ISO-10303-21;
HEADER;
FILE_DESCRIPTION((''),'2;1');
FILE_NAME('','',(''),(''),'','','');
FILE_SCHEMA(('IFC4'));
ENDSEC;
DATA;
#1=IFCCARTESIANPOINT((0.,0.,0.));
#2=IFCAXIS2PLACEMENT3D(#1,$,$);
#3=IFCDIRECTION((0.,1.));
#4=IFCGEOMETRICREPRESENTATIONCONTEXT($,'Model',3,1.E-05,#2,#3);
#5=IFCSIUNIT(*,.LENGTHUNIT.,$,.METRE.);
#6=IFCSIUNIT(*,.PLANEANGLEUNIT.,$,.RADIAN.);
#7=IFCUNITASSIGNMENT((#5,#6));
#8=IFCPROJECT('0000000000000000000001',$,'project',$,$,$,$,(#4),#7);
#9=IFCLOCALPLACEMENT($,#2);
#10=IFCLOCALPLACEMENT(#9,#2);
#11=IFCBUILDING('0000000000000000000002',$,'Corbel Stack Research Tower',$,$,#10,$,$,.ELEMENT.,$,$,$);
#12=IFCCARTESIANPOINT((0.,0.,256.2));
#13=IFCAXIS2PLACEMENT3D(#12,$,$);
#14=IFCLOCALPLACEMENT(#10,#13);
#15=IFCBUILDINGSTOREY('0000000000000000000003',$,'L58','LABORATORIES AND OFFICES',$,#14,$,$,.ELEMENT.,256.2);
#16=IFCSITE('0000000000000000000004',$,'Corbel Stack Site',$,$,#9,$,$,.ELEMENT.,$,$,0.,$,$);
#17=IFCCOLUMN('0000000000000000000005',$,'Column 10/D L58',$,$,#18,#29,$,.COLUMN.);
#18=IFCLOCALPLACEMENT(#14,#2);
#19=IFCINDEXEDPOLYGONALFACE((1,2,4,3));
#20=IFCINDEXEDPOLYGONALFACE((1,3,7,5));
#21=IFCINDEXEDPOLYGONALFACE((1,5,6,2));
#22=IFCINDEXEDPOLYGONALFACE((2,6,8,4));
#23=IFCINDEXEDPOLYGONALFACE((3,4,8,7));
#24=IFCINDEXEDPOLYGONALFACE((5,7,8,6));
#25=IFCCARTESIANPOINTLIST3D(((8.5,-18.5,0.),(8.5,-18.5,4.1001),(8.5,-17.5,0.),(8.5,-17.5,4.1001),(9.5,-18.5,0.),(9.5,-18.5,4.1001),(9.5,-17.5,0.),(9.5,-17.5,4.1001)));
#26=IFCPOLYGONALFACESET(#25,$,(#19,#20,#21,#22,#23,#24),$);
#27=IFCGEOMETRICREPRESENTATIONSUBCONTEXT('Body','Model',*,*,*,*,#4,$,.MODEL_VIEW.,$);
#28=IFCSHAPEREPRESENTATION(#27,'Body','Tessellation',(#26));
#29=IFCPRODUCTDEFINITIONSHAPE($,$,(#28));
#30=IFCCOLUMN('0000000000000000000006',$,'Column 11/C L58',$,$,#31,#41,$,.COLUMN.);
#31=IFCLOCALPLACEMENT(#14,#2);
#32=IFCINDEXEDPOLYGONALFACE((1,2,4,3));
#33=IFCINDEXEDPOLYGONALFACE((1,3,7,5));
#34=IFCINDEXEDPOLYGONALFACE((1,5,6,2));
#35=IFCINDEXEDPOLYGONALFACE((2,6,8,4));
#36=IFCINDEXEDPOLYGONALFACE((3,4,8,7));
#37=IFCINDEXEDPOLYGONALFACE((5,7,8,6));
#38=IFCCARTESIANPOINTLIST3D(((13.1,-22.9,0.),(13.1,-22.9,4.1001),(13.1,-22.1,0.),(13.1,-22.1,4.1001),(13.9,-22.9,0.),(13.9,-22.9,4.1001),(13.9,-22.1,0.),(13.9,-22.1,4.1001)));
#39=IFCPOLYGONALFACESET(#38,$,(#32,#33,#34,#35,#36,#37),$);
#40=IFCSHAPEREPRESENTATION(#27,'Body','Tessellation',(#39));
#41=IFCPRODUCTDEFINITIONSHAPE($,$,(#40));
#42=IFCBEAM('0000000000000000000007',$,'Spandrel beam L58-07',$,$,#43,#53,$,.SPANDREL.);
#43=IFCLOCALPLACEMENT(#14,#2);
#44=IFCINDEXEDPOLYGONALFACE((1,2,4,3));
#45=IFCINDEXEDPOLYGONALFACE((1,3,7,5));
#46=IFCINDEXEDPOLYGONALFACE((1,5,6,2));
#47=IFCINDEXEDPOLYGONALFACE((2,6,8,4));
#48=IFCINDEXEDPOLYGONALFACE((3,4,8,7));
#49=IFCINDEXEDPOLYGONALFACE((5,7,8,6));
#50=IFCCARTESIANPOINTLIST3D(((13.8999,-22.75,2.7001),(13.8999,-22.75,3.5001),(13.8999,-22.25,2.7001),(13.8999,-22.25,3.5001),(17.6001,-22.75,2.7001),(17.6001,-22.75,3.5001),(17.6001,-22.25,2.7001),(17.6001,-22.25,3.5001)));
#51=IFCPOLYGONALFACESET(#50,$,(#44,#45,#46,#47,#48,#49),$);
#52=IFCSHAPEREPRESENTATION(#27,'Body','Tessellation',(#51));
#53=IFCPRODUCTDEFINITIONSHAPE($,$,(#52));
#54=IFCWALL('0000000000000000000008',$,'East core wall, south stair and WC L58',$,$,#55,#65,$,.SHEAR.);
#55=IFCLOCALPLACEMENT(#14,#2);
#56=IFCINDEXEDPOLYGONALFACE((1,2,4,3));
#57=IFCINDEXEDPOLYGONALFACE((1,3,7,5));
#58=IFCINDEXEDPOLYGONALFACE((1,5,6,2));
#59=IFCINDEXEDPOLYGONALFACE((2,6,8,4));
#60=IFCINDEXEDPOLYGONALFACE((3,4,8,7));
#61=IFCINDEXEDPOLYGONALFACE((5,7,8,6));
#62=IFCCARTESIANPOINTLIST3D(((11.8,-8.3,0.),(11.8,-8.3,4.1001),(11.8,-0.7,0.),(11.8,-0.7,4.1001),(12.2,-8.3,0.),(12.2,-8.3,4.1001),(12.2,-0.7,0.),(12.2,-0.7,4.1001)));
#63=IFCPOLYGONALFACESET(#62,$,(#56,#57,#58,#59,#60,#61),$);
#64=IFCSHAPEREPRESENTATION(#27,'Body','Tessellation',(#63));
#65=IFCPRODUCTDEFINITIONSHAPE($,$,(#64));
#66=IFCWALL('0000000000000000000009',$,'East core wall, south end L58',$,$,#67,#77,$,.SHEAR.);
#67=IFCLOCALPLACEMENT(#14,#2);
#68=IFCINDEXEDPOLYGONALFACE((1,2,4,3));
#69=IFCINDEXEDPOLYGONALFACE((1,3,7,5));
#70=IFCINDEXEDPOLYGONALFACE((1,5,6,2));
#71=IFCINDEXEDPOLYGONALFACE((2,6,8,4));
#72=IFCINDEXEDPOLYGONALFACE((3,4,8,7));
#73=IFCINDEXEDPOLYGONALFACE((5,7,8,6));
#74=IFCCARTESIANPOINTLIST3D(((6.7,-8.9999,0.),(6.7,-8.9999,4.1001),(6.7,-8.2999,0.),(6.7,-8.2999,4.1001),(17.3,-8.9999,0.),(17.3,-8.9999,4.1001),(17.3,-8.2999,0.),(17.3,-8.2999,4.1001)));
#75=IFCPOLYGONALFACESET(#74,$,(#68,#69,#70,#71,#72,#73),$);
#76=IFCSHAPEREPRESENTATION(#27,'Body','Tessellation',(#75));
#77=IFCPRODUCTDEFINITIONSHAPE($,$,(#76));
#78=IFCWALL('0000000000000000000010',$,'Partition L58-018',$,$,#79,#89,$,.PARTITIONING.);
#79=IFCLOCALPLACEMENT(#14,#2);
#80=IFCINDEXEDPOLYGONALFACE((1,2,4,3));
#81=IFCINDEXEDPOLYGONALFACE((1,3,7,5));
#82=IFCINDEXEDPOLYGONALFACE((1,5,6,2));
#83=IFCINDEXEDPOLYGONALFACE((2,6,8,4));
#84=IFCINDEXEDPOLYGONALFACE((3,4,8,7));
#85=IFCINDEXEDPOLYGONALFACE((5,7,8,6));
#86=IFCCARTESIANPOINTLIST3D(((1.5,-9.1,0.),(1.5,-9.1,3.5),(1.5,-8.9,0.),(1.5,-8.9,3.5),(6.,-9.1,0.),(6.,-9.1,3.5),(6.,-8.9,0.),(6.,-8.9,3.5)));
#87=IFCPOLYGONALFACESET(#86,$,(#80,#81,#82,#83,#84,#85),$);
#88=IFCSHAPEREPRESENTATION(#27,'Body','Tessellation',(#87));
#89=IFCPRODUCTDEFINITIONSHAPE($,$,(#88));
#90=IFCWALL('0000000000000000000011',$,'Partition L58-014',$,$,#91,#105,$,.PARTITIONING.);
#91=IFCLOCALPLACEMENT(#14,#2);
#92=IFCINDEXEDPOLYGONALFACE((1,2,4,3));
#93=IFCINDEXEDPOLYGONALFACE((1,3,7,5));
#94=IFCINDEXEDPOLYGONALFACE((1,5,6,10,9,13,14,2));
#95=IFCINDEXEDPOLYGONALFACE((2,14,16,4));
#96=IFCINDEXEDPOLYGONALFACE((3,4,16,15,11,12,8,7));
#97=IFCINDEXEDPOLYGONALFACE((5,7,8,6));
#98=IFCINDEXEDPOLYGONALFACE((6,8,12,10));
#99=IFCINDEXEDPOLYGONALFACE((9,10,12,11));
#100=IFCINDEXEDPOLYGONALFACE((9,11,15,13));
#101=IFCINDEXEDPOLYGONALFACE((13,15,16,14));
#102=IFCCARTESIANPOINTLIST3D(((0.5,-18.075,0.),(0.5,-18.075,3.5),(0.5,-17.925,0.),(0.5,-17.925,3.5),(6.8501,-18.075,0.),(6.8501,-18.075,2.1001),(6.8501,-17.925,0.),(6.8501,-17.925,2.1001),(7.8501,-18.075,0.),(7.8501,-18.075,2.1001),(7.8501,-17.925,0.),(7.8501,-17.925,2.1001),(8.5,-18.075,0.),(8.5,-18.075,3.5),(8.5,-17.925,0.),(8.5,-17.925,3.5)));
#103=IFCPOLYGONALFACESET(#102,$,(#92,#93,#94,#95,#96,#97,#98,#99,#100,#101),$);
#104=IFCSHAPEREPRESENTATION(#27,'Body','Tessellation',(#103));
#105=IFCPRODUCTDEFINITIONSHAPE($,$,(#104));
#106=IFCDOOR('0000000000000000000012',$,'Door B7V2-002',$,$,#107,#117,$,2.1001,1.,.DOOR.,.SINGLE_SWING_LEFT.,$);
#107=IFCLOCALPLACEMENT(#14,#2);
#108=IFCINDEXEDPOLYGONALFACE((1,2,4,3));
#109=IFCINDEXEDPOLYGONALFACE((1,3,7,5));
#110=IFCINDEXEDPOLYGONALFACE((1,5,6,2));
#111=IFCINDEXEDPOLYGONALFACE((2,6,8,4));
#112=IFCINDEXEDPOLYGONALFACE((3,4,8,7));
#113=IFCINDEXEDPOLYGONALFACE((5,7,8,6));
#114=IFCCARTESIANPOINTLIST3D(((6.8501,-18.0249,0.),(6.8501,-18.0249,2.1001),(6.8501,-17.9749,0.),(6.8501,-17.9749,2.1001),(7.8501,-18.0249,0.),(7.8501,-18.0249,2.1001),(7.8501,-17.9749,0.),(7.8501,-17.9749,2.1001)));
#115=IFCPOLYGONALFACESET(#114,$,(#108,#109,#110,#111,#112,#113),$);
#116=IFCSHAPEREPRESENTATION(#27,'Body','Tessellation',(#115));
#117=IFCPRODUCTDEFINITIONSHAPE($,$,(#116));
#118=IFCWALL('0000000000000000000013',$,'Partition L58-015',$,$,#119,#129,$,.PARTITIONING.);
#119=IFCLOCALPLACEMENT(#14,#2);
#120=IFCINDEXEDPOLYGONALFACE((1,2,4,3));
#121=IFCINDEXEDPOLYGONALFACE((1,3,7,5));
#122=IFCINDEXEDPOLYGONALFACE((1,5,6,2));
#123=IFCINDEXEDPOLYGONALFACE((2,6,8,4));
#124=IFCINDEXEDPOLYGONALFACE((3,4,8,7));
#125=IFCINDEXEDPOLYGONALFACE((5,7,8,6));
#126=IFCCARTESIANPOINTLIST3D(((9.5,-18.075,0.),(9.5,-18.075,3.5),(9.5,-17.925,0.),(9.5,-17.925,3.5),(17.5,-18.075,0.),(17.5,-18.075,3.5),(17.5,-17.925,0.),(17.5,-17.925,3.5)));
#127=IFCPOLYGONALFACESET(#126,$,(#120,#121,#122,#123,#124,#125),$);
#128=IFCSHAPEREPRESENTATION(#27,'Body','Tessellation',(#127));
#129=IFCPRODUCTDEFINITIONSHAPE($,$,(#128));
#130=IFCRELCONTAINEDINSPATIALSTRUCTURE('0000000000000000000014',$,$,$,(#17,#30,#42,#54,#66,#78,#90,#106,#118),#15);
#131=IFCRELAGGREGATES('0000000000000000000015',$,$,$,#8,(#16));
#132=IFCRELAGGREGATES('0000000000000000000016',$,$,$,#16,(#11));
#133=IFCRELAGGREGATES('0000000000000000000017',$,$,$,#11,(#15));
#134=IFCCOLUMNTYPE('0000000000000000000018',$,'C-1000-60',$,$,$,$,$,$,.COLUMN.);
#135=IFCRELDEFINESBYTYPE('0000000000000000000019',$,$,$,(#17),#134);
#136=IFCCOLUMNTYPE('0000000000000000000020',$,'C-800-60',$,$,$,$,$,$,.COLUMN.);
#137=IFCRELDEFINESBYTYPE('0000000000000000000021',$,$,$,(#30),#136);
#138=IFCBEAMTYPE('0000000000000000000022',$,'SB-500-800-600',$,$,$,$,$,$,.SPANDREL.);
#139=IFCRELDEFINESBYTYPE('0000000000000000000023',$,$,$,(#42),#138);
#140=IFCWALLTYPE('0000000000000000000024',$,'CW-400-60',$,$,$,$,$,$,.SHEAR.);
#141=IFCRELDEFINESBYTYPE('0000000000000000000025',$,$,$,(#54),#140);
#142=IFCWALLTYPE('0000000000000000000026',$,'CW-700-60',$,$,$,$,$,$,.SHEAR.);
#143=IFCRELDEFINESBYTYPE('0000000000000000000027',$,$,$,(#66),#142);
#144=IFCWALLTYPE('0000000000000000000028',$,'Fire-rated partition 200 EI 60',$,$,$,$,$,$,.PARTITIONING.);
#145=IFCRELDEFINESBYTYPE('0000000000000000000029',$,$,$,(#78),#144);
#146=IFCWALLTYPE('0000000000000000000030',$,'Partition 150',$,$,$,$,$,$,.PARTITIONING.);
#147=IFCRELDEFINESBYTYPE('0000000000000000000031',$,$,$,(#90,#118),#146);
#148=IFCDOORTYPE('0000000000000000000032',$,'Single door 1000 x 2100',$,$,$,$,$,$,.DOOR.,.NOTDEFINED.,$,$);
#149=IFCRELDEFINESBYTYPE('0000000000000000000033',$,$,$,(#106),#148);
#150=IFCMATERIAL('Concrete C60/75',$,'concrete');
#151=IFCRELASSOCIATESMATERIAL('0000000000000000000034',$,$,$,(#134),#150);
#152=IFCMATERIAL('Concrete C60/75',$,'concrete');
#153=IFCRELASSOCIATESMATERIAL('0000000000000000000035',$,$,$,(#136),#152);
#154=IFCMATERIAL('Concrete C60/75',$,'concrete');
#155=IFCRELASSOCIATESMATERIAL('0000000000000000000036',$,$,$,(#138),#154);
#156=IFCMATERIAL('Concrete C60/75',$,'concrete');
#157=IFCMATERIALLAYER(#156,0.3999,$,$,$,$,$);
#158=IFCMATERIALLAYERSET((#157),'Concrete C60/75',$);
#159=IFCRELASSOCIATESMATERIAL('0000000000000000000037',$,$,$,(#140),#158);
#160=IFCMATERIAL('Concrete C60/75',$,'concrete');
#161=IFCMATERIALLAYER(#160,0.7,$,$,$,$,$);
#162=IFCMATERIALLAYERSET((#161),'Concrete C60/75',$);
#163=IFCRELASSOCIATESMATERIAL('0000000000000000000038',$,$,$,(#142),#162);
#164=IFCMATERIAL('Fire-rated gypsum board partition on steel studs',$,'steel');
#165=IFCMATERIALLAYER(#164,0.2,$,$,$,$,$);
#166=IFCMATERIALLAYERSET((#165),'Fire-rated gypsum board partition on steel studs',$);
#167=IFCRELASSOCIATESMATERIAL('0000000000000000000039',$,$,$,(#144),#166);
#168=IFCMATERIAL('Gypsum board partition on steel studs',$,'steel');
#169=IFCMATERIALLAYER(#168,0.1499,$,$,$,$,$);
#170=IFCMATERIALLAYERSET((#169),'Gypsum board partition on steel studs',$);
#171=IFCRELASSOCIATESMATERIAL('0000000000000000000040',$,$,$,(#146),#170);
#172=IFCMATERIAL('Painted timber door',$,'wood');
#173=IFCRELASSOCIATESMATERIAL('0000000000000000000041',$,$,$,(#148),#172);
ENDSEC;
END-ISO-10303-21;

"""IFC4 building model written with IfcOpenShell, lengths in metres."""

from ifc_helpers import new_model, si_unit, direction, frame, frame_2d, origin, origin_2d, place, context, subcontext, project, spatial, rectangle, extrude, material, layer, layer_set, material_profile, profile_set, type_object, element, fill, save


model = new_model("IFC4")

# Units and contexts
model_context = context("Model", 3, precision=1e-05, world=origin(), true_north=direction((0.0, 1.0)))
body_context = subcontext(model_context, "Body", "Model", "MODEL_VIEW")
ifc_project = project(units=[si_unit("LENGTHUNIT", "METRE"), si_unit("PLANEANGLEUNIT", "RADIAN")], contexts=[model_context])

# Site, building, storey
site_placement = place(None, origin())
site = spatial("IfcSite", under=ifc_project, at=site_placement, Name="Corbel Stack Site", CompositionType="ELEMENT", RefElevation=0.0)
building_placement = place(site_placement, origin())
building = spatial("IfcBuilding", under=site, at=building_placement, Name="Corbel Stack Research Tower", CompositionType="ELEMENT")
storey_placement = place(building_placement, frame((0.0, 0.0, 256.2)))
storey = spatial("IfcBuildingStorey", under=building, at=storey_placement, Name="L58", Description="LABORATORIES AND OFFICES", CompositionType="ELEMENT", Elevation=256.2)

# Columns
ifc_material_1 = material(Name="Concrete C60/75", Category="concrete")
ifc_material_profile_1 = material_profile(ifc_material_1, rectangle(XDim=1.0, YDim=1.0, at=origin_2d()), Name="RC 1000 x 1000")
ifc_profile_set_1 = profile_set([ifc_material_profile_1], Name="Concrete C60/75")
column_type_1 = type_object("IfcColumnType", Name="C-1000-60", PredefinedType="COLUMN", material=ifc_profile_set_1)
column_1_placement = place(storey_placement, frame((9.0, -18.0, 0.0), z_axis=(0.0, 0.0, 1.0), x_axis=(1.0, 0.0, 0.0)))
element("IfcColumn", 1, at=column_1_placement, inside=storey, type_object=column_type_1, Name="Column 10/D L58", PredefinedType="COLUMN", context=body_context, shape_type="SweptSolid", body=[
    extrude(rectangle(XDim=1.0, YDim=1.0, at=origin_2d()), origin(), (0.0, 0.0, 1.0), 4.1001),
])
ifc_material_2 = material(Name="Concrete C60/75", Category="concrete")
ifc_material_profile_2 = material_profile(ifc_material_2, rectangle(XDim=0.8, YDim=0.8, at=origin_2d()), Name="RC 800 x 800")
ifc_profile_set_2 = profile_set([ifc_material_profile_2], Name="Concrete C60/75")
column_type_2 = type_object("IfcColumnType", Name="C-800-60", PredefinedType="COLUMN", material=ifc_profile_set_2)
column_2_placement = place(storey_placement, frame((13.5, -22.5, 0.0), z_axis=(0.0, 0.0, 1.0), x_axis=(1.0, 0.0, 0.0)))
element("IfcColumn", 2, at=column_2_placement, inside=storey, type_object=column_type_2, Name="Column 11/C L58", PredefinedType="COLUMN", context=body_context, shape_type="SweptSolid", body=[
    extrude(rectangle(XDim=0.8, YDim=0.8, at=origin_2d()), origin(), (0.0, 0.0, 1.0), 4.1001),
])

# Beam
ifc_material_3 = material(Name="Concrete C60/75", Category="concrete")
ifc_material_profile_3 = material_profile(ifc_material_3, rectangle(XDim=0.5, YDim=0.8, at=origin_2d()), Name="RC 500 x 800")
ifc_profile_set_3 = profile_set([ifc_material_profile_3], Name="Concrete C60/75")
beam_type = type_object("IfcBeamType", Name="SB-500-800-600", PredefinedType="SPANDREL", material=ifc_profile_set_3)
beam_placement = place(storey_placement, frame((13.8999, -22.5, 3.1001), z_axis=(1.0, 0.0, 0.0), x_axis=(0.0, 1.0, 0.0)))
element("IfcBeam", 3, at=beam_placement, inside=storey, type_object=beam_type, Name="Spandrel beam L58-07", PredefinedType="SPANDREL", context=body_context, shape_type="SweptSolid", body=[
    extrude(rectangle(XDim=0.5, YDim=0.8, at=origin_2d()), origin(), (0.0, 0.0, 1.0), 3.7002),
])

# Wall
ifc_material_4 = material(Name="Concrete C60/75", Category="concrete")
ifc_layer_1 = layer(ifc_material_4, 0.3999)
ifc_layer_set_1 = layer_set([ifc_layer_1], Name="Concrete C60/75")
wall_type_1 = type_object("IfcWallType", Name="CW-400-60", PredefinedType="SHEAR", material=ifc_layer_set_1)
wall_1_placement = place(storey_placement, frame((12.0, -8.3, 0.0), z_axis=(0.0, 0.0, 1.0), x_axis=(0.0, 1.0, 0.0)))
element("IfcWall", 4, at=wall_1_placement, inside=storey, type_object=wall_type_1, Name="East core wall, south stair and WC L58", PredefinedType="SHEAR", context=body_context, shape_type="SweptSolid", body=[
    extrude(rectangle(XDim=7.6001, YDim=0.3999, at=frame_2d((3.8, 0.0))), origin(), (0.0, 0.0, 1.0), 4.1001),
])

# Shared definitions
ifc_material_5 = material(Name="Concrete C60/75", Category="concrete")
ifc_layer_2 = layer(ifc_material_5, 0.7)
ifc_layer_set_2 = layer_set([ifc_layer_2], Name="Concrete C60/75")
wall_type_2 = type_object("IfcWallType", Name="CW-700-60", PredefinedType="SHEAR", material=ifc_layer_set_2)

# Walls
wall_2_placement = place(storey_placement, frame((6.7, -8.6499, 0.0), z_axis=(0.0, 0.0, 1.0), x_axis=(1.0, 0.0, 0.0)))
element("IfcWall", 5, at=wall_2_placement, inside=storey, type_object=wall_type_2, Name="East core wall, south end L58", PredefinedType="SHEAR", context=body_context, shape_type="SweptSolid", body=[
    extrude(rectangle(XDim=10.6001, YDim=0.7, at=frame_2d((5.3, 0.0))), origin(), (0.0, 0.0, 1.0), 4.1001),
])
ifc_material_6 = material(Name="Fire-rated gypsum board partition on steel studs", Category="steel")
ifc_layer_3 = layer(ifc_material_6, 0.2)
ifc_layer_set_3 = layer_set([ifc_layer_3], Name="Fire-rated gypsum board partition on steel studs")
wall_type_3 = type_object("IfcWallType", Name="Fire-rated partition 200 EI 60", PredefinedType="PARTITIONING", material=ifc_layer_set_3)
wall_3_placement = place(storey_placement, frame((1.5, -9.0, 0.0), z_axis=(0.0, 0.0, 1.0), x_axis=(1.0, 0.0, 0.0)))
element("IfcWall", 6, at=wall_3_placement, inside=storey, type_object=wall_type_3, Name="Partition L58-018", PredefinedType="PARTITIONING", context=body_context, shape_type="SweptSolid", body=[
    extrude(rectangle(XDim=4.5, YDim=0.2, at=frame_2d((2.25, 0.0))), origin(), (0.0, 0.0, 1.0), 3.5),
])

# Wall, opening, door
ifc_material_7 = material(Name="Gypsum board partition on steel studs", Category="steel")
ifc_layer_4 = layer(ifc_material_7, 0.1499)
ifc_layer_set_4 = layer_set([ifc_layer_4], Name="Gypsum board partition on steel studs")
wall_type_4 = type_object("IfcWallType", Name="Partition 150", PredefinedType="PARTITIONING", material=ifc_layer_set_4)
wall_4_placement = place(storey_placement, frame((8.5, -18.0, 0.0), z_axis=(0.0, 0.0, 1.0), x_axis=(-1.0, 0.0, 0.0)))
wall_4 = element("IfcWall", 7, at=wall_4_placement, inside=storey, type_object=wall_type_4, Name="Partition L58-014", PredefinedType="PARTITIONING", context=body_context, shape_type="SweptSolid", body=[
    extrude(rectangle(XDim=8.0, YDim=0.1499, at=frame_2d((4.0, 0.0))), origin(), (0.0, 0.0, 1.0), 3.5),
])
opening_1_placement = place(wall_4_placement, frame((0.6499, 0.0, 0.0)))
opening_1 = element("IfcOpeningElement", 8, at=opening_1_placement, cuts=wall_4, PredefinedType="OPENING", context=body_context, shape_type="SweptSolid", body=[
    extrude(rectangle(XDim=1.0, YDim=2.1001, at=frame_2d((0.5, 1.05))), frame((0.0, 0.085, 0.0), z_axis=(0.0, -1.0, 0.0), x_axis=(1.0, 0.0, 0.0)), (0.0, 0.0, 1.0), 0.1699),
])
ifc_material_8 = material(Name="Painted timber door", Category="wood")
door_type_1 = type_object("IfcDoorType", Name="Single door 1000 x 2100", OperationType="NOTDEFINED", PredefinedType="DOOR", material=ifc_material_8)
door_1_placement = place(opening_1_placement, origin())
door_1 = element("IfcDoor", 9, at=door_1_placement, inside=storey, type_object=door_type_1, Name="Door B7V2-002", OperationType="SINGLE_SWING_LEFT", OverallHeight=2.1001, OverallWidth=1.0, PredefinedType="DOOR", context=body_context, shape_type="SweptSolid", body=[
    extrude(rectangle(XDim=1.0, YDim=2.1001, at=frame_2d((0.5, 1.05))), frame((0.0, 0.0249, 0.0), z_axis=(0.0, -1.0, 0.0), x_axis=(1.0, 0.0, 0.0)), (0.0, 0.0, 1.0), 0.05),
])
fill(opening_1, door_1)

# Wall
wall_5_placement = place(storey_placement, frame((9.5, -18.0, 0.0), z_axis=(0.0, 0.0, 1.0), x_axis=(1.0, 0.0, 0.0)))
element("IfcWall", 10, at=wall_5_placement, inside=storey, type_object=wall_type_4, Name="Partition L58-015", PredefinedType="PARTITIONING", context=body_context, shape_type="SweptSolid", body=[
    extrude(rectangle(XDim=8.0, YDim=0.1499, at=frame_2d((4.0, 0.0))), origin(), (0.0, 0.0, 1.0), 3.5),
])

save(model, "model.ifc")
